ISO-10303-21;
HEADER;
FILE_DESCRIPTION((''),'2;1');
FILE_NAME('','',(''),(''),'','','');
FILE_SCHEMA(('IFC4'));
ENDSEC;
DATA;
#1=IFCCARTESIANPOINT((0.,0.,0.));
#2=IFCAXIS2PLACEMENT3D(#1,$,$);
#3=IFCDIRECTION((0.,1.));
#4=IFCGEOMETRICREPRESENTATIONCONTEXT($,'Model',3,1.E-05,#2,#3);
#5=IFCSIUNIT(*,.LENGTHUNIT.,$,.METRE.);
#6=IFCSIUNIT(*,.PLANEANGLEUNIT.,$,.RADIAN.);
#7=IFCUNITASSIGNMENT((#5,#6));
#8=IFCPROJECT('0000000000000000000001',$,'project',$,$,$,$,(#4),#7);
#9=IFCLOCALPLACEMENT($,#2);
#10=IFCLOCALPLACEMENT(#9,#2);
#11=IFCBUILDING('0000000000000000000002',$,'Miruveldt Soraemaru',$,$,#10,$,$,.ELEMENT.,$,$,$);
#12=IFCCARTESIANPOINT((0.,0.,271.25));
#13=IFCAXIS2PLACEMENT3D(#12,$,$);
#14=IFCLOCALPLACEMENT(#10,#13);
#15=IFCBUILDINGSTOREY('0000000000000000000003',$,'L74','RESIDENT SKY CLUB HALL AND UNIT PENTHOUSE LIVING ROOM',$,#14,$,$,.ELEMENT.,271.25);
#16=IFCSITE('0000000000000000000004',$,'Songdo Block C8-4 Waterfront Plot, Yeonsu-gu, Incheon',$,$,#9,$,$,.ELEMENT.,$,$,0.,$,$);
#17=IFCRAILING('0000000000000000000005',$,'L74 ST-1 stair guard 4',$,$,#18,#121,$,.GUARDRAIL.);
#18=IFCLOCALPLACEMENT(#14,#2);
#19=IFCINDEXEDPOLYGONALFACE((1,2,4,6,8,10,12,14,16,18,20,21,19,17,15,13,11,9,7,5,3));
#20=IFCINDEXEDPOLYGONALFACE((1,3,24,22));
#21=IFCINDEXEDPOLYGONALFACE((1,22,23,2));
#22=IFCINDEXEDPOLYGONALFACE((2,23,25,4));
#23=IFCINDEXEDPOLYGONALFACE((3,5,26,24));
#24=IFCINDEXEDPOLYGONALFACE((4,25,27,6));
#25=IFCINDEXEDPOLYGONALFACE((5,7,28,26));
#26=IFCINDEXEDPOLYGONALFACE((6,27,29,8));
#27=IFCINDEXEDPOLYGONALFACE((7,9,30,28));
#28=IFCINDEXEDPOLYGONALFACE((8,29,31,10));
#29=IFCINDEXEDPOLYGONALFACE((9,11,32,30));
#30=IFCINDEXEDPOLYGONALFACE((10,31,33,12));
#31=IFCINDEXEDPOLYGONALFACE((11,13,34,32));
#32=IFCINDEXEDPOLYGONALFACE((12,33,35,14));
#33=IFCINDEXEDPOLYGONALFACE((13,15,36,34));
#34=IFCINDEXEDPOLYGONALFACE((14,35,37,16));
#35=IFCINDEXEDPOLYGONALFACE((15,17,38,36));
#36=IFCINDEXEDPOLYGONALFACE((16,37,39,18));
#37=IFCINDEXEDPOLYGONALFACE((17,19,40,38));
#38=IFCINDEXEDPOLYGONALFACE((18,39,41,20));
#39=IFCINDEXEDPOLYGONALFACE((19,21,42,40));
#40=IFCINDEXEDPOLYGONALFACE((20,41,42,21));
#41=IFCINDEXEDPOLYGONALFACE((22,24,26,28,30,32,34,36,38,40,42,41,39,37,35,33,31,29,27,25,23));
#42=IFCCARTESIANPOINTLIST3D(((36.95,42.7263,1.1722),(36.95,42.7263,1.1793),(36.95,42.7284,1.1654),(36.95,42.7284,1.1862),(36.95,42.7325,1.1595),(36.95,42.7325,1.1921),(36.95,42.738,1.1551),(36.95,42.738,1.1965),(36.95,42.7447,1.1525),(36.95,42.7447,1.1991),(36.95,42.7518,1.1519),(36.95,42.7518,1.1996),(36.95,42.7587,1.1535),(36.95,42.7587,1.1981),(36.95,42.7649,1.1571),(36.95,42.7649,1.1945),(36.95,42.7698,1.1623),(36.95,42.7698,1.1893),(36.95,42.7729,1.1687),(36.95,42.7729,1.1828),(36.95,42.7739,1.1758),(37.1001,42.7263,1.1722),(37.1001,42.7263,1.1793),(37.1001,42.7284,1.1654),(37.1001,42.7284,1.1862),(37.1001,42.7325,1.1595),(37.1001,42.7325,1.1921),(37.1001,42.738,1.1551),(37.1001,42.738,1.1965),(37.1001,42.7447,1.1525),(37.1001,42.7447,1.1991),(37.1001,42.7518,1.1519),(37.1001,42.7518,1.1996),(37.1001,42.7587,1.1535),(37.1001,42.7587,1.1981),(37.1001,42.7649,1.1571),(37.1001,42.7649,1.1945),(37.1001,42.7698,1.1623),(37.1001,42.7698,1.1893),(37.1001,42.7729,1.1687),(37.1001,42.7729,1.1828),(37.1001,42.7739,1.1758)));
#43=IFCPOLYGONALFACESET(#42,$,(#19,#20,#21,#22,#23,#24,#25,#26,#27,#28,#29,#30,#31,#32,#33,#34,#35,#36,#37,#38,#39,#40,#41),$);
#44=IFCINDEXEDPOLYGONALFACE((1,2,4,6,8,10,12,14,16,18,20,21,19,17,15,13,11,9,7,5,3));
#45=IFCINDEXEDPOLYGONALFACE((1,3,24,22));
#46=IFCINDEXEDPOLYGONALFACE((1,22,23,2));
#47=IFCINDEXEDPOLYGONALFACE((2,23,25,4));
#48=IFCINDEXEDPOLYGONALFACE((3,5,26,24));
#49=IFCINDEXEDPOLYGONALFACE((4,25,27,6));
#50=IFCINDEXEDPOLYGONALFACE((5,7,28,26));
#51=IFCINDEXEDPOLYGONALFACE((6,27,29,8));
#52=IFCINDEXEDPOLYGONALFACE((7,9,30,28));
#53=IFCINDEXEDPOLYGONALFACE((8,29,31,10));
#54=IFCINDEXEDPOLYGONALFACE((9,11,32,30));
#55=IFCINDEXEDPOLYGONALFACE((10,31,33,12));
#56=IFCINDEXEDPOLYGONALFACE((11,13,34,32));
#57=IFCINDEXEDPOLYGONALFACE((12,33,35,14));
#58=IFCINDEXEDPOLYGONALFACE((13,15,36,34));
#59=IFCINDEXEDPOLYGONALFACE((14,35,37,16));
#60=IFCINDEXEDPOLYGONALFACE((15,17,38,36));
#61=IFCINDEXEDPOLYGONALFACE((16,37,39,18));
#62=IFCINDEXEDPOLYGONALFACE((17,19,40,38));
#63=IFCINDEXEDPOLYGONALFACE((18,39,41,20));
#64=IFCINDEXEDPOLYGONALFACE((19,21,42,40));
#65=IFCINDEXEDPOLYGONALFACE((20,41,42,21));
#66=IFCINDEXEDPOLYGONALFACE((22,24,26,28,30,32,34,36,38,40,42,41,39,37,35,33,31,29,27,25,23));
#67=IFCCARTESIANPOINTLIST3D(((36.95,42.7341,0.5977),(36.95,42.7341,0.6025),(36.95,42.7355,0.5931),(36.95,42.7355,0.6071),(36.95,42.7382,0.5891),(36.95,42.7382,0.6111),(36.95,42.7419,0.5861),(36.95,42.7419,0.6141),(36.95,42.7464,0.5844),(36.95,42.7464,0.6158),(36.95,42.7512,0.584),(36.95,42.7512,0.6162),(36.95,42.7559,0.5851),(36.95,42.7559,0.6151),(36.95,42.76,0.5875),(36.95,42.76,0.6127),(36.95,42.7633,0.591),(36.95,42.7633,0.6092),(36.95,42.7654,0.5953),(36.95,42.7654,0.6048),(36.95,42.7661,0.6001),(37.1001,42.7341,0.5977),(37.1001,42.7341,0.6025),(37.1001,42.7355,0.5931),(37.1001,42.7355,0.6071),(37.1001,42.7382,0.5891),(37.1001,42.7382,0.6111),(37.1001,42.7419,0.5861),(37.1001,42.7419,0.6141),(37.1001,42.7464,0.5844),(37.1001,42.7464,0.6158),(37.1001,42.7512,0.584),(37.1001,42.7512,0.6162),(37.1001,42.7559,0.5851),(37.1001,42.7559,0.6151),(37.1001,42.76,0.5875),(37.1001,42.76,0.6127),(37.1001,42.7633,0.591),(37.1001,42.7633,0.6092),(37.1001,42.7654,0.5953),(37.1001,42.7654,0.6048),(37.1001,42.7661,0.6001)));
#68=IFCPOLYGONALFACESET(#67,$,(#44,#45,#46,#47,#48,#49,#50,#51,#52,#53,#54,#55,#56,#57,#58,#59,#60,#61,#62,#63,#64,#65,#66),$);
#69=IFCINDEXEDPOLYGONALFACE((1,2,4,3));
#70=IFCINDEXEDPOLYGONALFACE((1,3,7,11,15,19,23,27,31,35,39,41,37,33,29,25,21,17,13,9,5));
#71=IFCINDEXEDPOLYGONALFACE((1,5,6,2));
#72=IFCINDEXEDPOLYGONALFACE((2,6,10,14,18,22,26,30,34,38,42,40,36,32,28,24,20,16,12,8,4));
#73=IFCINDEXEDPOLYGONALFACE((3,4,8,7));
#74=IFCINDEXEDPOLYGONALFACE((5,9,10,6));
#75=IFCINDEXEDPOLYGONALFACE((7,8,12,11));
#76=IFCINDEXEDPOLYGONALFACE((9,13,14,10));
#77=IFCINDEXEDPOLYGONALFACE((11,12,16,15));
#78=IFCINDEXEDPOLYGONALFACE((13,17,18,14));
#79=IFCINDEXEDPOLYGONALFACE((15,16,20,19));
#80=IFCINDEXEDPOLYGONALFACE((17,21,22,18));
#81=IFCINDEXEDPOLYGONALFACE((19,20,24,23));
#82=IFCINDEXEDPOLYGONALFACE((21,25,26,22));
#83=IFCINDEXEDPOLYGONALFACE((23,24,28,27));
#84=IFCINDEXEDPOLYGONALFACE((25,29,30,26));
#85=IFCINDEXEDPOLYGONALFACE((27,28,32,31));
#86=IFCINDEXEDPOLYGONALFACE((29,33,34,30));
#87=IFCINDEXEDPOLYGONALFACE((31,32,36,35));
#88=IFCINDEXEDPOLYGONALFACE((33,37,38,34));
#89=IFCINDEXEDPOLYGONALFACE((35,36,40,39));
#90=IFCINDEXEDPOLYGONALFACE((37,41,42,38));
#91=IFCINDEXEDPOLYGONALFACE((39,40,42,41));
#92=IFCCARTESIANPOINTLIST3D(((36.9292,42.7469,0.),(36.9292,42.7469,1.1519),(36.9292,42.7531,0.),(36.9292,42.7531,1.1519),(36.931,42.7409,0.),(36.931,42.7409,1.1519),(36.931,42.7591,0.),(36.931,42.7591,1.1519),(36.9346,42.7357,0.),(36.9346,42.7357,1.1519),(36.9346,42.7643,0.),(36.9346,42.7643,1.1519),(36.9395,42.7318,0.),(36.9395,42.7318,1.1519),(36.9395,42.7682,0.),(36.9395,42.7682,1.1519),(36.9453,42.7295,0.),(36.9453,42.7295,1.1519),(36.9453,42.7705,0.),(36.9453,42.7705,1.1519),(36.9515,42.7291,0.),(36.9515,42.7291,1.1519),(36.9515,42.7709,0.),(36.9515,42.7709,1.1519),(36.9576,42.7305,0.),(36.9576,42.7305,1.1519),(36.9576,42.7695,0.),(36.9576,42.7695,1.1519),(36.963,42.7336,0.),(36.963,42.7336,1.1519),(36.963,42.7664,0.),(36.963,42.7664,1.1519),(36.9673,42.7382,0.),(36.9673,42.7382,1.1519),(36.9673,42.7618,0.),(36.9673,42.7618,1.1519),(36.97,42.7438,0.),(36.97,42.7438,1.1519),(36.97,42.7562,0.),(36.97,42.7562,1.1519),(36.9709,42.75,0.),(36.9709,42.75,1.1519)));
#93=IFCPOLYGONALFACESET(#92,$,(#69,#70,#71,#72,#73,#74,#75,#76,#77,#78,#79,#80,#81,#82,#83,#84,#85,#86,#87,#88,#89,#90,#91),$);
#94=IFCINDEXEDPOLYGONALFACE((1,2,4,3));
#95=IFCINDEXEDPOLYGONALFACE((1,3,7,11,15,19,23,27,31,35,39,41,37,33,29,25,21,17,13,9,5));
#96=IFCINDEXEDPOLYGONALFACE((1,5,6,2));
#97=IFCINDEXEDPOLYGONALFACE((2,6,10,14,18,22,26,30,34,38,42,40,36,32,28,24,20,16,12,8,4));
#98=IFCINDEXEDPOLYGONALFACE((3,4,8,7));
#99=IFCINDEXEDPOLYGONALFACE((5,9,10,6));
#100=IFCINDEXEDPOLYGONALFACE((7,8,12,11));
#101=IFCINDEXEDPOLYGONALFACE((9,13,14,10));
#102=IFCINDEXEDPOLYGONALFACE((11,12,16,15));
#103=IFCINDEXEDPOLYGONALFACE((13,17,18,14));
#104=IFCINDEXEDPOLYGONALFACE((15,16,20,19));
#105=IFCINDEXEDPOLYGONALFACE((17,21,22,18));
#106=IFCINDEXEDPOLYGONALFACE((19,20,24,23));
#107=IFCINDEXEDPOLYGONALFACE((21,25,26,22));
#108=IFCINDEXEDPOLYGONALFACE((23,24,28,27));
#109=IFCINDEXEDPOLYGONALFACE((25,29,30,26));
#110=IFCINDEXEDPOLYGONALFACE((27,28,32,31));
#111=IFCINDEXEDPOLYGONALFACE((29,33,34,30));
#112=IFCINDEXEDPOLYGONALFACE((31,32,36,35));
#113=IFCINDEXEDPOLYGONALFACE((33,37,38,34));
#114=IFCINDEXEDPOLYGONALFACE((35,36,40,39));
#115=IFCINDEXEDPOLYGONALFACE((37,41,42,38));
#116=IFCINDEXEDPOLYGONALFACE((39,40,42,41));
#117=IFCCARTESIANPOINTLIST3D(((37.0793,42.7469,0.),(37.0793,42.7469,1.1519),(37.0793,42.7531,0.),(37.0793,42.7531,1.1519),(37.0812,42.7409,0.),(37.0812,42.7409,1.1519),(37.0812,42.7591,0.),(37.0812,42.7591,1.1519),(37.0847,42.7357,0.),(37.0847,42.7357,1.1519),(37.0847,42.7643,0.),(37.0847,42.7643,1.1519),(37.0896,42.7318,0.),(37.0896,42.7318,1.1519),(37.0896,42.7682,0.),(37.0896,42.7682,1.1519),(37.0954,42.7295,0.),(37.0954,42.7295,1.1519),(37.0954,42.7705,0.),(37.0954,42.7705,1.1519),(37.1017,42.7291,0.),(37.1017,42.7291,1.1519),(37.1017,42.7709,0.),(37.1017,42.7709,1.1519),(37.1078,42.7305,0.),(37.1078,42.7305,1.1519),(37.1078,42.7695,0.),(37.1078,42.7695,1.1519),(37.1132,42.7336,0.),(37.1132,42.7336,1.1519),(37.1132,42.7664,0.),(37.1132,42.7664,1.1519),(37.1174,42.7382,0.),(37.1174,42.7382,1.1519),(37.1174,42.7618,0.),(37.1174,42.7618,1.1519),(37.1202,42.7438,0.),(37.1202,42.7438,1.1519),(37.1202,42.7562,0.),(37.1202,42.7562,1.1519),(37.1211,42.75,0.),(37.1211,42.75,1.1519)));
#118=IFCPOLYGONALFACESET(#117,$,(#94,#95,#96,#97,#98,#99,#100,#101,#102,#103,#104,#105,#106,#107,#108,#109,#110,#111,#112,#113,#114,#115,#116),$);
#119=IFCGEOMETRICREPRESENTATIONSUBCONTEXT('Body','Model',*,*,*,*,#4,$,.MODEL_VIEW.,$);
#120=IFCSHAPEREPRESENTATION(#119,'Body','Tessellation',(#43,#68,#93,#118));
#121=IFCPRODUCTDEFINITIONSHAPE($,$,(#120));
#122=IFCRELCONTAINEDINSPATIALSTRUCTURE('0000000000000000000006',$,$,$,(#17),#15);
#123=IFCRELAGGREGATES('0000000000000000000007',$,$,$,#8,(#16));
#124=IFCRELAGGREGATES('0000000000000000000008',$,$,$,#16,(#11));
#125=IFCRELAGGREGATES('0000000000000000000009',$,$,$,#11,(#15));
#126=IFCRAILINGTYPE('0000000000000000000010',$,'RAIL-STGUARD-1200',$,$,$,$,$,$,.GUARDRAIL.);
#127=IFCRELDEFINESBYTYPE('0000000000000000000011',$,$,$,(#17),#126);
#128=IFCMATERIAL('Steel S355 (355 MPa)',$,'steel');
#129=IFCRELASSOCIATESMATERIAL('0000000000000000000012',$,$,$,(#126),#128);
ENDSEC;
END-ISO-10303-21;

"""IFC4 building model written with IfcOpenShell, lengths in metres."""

from ifc_helpers import new_model, si_unit, direction, frame, origin, origin_2d, place, context, subcontext, project, spatial, circle, extrude, material, type_object, element, save


model = new_model("IFC4")

# Units and contexts
model_context = context("Model", 3, precision=1e-05, world=origin(), true_north=direction((0.0, 1.0)))
body_context = subcontext(model_context, "Body", "Model", "MODEL_VIEW")
ifc_project = project(units=[si_unit("LENGTHUNIT", "METRE"), si_unit("PLANEANGLEUNIT", "RADIAN")], contexts=[model_context])

# Site, building, storey
site_placement = place(None, origin())
site = spatial("IfcSite", under=ifc_project, at=site_placement, Name="Songdo Block C8-4 Waterfront Plot, Yeonsu-gu, Incheon", CompositionType="ELEMENT", RefElevation=0.0)
building_placement = place(site_placement, origin())
building = spatial("IfcBuilding", under=site, at=building_placement, Name="Miruveldt Soraemaru", CompositionType="ELEMENT")
storey_placement = place(building_placement, frame((0.0, 0.0, 271.25)))
storey = spatial("IfcBuildingStorey", under=building, at=storey_placement, Name="L74", Description="RESIDENT SKY CLUB HALL AND UNIT PENTHOUSE LIVING ROOM", CompositionType="ELEMENT", Elevation=271.25)

# Railing
ifc_material_1 = material(Name="Steel S355 (355 MPa)", Category="steel")
railing_type_1 = type_object("IfcRailingType", Name="RAIL-STGUARD-1200", PredefinedType="GUARDRAIL", material=ifc_material_1)
railing_1_placement = place(storey_placement, frame((36.95, 42.75, 0.0)))
element("IfcRailing", 1, at=railing_1_placement, inside=storey, type_object=railing_type_1, Name="L74 ST-1 stair guard 4", PredefinedType="GUARDRAIL", context=body_context, shape_type="SweptSolid", body=[
    extrude(circle(Radius=0.0239, at=origin_2d()), frame((0.0, 0.0, 1.1758), z_axis=(1.0, 0.0, 0.0), x_axis=(0.0, 1.0, 0.0)), (0.0, 0.0, 1.0), 0.1501),
    extrude(circle(Radius=0.0161, at=origin_2d()), frame((0.0, 0.0, 0.6001), z_axis=(1.0, 0.0, 0.0), x_axis=(0.0, 1.0, 0.0)), (0.0, 0.0, 1.0), 0.1501),
    extrude(circle(Radius=0.021, at=origin_2d()), origin(), (0.0, 0.0, 1.0), 1.1519),
    extrude(circle(Radius=0.021, at=origin_2d()), frame((0.1501, 0.0, 0.0)), (0.0, 0.0, 1.0), 1.1519),
])

save(model, "model.ifc")
